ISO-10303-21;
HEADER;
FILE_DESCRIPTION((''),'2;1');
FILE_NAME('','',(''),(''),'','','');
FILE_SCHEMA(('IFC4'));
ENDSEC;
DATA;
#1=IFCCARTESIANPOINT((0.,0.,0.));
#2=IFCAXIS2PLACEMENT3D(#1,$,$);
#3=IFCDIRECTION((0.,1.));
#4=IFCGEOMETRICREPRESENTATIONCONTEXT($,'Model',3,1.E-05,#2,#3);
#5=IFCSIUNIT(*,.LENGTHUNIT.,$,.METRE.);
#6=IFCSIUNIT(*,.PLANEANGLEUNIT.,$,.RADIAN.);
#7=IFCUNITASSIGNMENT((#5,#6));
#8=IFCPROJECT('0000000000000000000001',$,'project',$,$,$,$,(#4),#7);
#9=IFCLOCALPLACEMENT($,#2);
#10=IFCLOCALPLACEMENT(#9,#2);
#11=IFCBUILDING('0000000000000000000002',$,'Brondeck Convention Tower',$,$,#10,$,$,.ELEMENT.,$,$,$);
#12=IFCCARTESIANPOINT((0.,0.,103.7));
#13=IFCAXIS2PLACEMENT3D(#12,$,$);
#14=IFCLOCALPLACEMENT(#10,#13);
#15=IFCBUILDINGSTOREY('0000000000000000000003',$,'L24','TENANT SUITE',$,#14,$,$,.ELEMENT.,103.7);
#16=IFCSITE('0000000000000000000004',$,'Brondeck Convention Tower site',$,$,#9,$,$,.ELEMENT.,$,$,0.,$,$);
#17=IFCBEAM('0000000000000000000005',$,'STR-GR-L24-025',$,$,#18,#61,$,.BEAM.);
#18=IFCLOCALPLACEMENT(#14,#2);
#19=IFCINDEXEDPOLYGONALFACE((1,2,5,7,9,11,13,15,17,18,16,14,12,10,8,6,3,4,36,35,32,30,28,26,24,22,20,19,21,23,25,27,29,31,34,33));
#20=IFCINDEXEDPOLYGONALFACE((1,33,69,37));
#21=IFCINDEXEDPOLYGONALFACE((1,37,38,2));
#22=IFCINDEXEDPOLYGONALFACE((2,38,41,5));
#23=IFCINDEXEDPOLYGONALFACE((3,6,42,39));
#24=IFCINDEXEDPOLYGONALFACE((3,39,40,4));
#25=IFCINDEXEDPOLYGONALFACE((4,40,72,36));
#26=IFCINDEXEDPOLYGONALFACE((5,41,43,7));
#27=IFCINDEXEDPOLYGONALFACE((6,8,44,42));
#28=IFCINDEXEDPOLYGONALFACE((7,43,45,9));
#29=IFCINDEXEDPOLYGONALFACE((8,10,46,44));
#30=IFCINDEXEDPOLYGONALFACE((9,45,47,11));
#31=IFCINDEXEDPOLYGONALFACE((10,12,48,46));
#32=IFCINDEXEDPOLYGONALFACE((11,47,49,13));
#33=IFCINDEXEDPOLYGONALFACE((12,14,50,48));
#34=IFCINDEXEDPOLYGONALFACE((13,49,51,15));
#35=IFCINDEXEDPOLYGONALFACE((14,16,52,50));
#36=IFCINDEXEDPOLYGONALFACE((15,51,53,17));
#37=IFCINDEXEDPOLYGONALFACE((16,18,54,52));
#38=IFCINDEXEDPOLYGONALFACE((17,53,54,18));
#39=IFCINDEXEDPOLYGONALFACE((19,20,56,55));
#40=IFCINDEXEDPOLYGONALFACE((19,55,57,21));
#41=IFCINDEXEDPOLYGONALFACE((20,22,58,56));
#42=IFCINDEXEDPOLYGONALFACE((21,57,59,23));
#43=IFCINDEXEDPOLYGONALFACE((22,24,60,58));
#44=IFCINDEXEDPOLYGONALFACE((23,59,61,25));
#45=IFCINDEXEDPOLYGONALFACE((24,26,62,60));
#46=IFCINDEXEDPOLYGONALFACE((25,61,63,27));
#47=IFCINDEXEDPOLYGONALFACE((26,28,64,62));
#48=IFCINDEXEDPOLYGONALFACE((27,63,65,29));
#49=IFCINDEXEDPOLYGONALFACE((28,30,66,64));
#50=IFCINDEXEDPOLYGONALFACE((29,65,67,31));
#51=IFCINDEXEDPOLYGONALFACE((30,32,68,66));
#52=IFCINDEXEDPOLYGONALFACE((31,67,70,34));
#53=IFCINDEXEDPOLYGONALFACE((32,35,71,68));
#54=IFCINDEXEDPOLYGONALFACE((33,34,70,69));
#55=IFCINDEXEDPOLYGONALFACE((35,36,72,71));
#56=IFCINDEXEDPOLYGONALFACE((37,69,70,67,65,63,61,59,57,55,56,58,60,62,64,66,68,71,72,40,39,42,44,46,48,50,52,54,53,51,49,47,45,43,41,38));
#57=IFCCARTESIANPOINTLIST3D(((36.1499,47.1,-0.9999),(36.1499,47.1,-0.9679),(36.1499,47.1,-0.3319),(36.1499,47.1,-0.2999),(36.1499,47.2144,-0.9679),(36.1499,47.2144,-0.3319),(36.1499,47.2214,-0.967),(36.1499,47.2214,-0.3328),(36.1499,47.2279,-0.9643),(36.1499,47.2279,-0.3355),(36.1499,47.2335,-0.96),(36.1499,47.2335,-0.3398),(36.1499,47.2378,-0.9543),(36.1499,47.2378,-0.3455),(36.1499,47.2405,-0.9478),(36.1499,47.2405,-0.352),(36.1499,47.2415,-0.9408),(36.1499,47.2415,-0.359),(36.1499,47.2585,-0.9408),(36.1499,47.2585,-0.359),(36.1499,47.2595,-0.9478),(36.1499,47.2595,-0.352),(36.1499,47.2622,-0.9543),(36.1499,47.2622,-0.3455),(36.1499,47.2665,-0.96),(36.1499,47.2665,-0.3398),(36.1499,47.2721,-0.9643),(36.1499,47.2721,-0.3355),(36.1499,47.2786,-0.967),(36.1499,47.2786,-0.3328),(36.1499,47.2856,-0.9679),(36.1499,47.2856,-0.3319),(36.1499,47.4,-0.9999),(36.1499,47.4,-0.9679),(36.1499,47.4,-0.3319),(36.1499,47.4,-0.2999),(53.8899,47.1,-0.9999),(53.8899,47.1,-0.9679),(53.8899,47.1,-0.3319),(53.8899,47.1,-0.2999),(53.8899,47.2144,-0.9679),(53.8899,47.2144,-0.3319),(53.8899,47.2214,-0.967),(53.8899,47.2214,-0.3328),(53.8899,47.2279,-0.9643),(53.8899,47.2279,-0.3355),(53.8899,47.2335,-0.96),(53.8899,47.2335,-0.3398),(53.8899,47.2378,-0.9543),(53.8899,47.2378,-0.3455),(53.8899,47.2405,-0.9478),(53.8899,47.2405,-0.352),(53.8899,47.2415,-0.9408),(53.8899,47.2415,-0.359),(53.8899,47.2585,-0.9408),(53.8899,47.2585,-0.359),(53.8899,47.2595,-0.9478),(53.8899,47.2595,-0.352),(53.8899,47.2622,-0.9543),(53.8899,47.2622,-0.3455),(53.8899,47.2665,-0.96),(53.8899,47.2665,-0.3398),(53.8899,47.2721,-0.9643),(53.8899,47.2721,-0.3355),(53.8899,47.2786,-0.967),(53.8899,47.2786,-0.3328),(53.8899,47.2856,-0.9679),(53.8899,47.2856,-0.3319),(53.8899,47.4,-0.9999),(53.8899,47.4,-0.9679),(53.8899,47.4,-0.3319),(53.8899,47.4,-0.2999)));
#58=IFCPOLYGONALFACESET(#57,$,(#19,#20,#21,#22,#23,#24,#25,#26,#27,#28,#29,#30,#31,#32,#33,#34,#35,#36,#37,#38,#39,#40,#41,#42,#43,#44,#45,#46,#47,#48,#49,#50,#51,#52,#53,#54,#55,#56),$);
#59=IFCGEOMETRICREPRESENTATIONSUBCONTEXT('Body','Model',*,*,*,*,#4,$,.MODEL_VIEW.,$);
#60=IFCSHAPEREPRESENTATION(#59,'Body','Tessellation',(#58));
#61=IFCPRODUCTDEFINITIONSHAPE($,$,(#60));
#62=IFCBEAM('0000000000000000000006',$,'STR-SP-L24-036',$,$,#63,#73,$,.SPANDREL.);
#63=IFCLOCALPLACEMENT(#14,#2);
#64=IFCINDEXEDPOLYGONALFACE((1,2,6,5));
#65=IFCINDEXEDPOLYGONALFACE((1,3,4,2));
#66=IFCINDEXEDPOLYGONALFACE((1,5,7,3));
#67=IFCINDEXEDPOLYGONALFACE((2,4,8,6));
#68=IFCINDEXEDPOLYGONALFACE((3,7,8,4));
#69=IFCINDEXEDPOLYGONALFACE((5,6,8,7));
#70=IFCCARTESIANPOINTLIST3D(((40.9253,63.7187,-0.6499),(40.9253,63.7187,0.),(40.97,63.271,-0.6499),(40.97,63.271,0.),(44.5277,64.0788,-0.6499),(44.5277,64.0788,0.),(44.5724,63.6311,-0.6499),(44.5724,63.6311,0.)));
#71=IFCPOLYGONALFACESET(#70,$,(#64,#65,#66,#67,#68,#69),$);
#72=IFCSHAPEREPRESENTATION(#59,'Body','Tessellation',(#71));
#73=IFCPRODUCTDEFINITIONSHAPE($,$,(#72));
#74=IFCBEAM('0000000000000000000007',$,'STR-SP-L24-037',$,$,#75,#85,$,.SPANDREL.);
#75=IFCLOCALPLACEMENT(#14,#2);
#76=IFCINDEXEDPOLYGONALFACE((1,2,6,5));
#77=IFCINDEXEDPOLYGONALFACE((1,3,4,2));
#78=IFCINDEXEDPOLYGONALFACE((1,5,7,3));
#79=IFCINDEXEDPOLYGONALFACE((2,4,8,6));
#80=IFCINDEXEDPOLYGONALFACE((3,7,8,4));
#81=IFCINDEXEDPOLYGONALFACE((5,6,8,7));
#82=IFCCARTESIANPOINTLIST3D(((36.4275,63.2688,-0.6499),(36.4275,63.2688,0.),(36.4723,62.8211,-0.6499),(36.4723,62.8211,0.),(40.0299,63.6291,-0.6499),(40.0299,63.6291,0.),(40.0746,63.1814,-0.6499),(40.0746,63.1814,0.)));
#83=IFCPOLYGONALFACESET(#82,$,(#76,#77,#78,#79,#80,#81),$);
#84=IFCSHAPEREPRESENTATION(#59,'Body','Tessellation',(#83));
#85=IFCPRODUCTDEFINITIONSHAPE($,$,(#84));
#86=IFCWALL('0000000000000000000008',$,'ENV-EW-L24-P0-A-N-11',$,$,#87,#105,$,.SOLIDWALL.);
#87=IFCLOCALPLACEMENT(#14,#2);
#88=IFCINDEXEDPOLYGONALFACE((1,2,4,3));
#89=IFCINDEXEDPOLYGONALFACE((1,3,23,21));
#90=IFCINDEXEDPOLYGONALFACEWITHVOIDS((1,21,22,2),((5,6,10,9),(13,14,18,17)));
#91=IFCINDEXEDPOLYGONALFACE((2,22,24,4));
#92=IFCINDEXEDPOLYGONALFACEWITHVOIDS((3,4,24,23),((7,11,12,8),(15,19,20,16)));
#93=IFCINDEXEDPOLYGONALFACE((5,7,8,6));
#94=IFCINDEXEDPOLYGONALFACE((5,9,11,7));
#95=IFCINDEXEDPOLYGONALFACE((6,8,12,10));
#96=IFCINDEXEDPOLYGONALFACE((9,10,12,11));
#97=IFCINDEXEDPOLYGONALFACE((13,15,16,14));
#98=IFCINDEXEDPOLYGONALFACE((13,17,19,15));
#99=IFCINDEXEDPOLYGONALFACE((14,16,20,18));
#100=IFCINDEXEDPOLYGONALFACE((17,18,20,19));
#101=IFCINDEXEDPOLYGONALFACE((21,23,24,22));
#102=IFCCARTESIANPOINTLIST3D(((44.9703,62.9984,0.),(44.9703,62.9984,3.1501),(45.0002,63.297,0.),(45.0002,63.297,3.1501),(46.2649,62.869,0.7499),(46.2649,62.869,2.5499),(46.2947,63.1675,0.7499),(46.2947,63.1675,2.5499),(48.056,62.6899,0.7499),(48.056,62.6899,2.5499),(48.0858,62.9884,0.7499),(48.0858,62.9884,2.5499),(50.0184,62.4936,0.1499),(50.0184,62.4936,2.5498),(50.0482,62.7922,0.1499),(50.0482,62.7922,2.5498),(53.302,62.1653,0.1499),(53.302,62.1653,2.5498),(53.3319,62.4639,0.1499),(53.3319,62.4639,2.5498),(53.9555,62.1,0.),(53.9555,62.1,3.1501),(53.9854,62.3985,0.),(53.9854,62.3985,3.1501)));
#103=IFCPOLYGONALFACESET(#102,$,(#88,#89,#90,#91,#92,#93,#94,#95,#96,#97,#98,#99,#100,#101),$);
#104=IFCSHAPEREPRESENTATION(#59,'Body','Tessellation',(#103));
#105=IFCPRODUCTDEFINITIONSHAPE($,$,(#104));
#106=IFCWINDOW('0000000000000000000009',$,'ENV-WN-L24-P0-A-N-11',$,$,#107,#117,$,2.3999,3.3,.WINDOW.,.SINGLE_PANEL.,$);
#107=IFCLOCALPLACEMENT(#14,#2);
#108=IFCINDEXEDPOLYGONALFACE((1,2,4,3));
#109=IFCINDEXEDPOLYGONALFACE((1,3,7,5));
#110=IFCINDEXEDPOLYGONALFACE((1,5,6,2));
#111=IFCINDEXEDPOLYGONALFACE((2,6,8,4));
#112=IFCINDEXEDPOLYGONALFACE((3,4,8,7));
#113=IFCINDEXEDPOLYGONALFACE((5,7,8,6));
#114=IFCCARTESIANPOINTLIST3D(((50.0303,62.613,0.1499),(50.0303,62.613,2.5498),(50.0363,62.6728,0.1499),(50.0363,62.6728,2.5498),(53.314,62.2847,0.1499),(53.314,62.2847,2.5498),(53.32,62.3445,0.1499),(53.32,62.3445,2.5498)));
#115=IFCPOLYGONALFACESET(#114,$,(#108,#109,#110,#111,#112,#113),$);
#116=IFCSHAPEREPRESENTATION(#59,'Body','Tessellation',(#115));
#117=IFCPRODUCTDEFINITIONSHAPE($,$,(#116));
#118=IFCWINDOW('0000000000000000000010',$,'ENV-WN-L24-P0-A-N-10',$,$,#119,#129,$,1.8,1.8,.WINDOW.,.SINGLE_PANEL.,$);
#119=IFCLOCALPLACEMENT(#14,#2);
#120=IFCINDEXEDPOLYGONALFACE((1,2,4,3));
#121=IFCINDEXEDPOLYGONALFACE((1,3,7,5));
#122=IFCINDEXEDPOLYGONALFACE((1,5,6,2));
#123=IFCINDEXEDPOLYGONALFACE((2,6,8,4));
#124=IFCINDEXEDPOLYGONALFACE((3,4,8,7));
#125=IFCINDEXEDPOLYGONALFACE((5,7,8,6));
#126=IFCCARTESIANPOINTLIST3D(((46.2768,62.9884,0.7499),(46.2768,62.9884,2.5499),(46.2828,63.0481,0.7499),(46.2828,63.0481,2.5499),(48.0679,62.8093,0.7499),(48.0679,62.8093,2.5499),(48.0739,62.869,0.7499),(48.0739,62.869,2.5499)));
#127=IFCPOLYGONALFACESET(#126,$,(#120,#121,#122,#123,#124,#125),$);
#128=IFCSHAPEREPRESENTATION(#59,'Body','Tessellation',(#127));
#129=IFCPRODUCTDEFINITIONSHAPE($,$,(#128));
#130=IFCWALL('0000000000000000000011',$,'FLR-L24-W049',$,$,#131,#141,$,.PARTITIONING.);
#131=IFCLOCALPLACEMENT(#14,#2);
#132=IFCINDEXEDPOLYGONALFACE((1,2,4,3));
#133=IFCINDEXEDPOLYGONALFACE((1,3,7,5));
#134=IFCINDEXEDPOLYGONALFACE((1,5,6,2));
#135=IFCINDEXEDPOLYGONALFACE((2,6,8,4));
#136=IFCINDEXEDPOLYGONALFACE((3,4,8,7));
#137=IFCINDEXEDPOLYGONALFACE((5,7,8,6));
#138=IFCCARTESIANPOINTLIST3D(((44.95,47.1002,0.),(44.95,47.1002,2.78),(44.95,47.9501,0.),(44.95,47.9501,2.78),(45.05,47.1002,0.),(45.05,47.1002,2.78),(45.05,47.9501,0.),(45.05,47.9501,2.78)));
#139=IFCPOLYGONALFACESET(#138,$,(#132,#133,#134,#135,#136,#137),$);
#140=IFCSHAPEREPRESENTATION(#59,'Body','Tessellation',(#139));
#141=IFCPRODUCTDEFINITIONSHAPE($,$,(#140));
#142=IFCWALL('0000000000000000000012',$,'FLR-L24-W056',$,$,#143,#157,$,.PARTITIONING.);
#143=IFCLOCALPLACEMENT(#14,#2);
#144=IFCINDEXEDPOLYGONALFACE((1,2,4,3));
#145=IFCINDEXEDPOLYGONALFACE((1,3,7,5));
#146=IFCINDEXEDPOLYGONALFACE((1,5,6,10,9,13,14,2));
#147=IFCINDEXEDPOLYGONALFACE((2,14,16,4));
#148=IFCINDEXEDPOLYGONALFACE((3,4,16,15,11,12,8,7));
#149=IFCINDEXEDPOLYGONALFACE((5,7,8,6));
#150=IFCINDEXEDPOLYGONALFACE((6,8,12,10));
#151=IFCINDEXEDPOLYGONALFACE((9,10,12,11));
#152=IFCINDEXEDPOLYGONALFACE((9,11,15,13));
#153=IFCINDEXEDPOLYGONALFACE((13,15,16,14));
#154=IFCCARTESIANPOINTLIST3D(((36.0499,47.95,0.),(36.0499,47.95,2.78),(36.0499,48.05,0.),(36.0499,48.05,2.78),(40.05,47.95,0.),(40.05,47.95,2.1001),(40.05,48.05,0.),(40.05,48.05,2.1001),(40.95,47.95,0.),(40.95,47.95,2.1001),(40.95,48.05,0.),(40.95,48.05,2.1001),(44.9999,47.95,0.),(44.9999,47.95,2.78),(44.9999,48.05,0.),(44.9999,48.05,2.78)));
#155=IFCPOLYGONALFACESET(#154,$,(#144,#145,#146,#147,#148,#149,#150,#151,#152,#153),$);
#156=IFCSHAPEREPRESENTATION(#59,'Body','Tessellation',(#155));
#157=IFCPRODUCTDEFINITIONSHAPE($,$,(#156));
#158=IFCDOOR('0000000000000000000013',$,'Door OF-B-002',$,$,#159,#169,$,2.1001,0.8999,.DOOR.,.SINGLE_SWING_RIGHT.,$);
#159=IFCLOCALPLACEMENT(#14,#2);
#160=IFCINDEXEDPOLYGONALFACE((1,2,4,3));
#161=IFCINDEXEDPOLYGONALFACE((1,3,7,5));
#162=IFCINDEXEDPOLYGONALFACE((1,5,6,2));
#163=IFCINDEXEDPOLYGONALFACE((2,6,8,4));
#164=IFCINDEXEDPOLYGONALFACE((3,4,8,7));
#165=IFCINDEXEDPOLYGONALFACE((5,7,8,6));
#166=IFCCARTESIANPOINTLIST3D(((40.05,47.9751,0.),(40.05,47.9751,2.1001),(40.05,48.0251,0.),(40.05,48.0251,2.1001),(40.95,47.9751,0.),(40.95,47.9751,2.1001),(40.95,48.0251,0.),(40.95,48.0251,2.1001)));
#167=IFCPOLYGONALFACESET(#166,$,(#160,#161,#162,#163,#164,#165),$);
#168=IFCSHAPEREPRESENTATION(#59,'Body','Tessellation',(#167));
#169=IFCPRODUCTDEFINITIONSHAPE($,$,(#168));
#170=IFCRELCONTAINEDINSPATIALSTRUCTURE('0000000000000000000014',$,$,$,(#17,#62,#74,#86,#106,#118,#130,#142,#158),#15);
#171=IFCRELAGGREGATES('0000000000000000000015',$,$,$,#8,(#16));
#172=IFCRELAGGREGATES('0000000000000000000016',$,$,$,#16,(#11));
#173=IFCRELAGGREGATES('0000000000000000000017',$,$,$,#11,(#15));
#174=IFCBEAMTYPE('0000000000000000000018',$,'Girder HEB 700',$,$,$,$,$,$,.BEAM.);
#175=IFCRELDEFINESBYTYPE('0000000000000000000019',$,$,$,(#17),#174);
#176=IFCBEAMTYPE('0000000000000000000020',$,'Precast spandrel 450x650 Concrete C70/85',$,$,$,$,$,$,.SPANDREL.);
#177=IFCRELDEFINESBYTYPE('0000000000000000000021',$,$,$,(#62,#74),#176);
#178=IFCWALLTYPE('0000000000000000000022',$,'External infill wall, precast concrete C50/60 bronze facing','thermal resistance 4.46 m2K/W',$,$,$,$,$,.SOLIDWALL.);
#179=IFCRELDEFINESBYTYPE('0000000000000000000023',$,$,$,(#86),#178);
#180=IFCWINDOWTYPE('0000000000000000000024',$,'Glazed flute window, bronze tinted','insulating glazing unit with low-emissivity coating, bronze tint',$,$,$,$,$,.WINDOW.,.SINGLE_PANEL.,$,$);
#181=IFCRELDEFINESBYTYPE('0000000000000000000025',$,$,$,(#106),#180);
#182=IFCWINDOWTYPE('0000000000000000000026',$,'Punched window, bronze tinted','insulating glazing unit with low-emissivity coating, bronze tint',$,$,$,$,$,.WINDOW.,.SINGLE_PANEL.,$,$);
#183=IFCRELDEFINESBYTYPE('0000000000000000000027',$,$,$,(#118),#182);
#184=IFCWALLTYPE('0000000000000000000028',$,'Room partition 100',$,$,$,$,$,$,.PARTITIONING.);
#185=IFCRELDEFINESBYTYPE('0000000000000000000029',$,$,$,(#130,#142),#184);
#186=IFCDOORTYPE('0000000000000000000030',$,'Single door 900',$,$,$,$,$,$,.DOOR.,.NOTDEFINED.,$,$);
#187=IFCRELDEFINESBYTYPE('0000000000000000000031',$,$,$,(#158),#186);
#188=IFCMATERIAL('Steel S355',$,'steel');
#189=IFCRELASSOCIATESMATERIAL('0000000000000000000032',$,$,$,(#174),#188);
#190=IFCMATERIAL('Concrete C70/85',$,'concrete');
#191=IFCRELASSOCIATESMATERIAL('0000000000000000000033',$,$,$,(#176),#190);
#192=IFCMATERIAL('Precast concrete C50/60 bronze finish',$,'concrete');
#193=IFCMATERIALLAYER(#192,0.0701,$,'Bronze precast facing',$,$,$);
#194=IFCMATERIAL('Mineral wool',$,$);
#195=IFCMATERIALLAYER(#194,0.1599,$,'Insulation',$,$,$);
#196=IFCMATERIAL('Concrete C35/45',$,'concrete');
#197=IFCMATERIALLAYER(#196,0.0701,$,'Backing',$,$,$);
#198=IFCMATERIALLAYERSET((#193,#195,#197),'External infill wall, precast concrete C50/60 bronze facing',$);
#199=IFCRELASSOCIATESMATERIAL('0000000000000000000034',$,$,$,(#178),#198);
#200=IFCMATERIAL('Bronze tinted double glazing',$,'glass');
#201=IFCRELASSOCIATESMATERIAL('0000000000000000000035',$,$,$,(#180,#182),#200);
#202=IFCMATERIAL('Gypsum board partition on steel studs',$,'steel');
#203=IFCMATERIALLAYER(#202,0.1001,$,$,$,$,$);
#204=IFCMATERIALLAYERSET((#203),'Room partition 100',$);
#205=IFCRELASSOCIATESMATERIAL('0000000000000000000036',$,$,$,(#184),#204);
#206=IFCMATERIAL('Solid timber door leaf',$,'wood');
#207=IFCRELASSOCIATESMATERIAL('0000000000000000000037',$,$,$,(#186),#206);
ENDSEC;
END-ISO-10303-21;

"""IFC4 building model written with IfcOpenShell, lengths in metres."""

from ifc_helpers import new_model, si_unit, direction, frame, frame_2d, origin, origin_2d, place, context, subcontext, project, spatial, rectangle, i_section, extrude, material, layer, layer_set, material_profile, profile_set, type_object, element, fill, save


model = new_model("IFC4")

# Units and contexts
model_context = context("Model", 3, precision=1e-05, world=origin(), true_north=direction((0.0, 1.0)))
body_context = subcontext(model_context, "Body", "Model", "MODEL_VIEW")
ifc_project = project(units=[si_unit("LENGTHUNIT", "METRE"), si_unit("PLANEANGLEUNIT", "RADIAN")], contexts=[model_context])

# Site, building, storey
site_placement = place(None, origin())
site = spatial("IfcSite", under=ifc_project, at=site_placement, Name="Brondeck Convention Tower site", CompositionType="ELEMENT", RefElevation=0.0)
building_placement = place(site_placement, origin())
building = spatial("IfcBuilding", under=site, at=building_placement, Name="Brondeck Convention Tower", CompositionType="ELEMENT")
storey_placement = place(building_placement, frame((0.0, 0.0, 103.7)))
storey = spatial("IfcBuildingStorey", under=building, at=storey_placement, Name="L24", Description="TENANT SUITE", CompositionType="ELEMENT", Elevation=103.7)

# Shared definitions
ifc_material_1 = material(Name="Concrete C70/85", Category="concrete")

# Beams
ifc_material_2 = material(Name="Steel S355", Category="steel")
ifc_material_profile_1 = material_profile(ifc_material_2, i_section(OverallWidth=0.3, OverallDepth=0.7, WebThickness=0.0171, FlangeThickness=0.032, FilletRadius=0.0271, at=origin_2d()), Name="HEB 700")
ifc_profile_set_1 = profile_set([ifc_material_profile_1], Name="Steel S355")
beam_type_1 = type_object("IfcBeamType", Name="Girder HEB 700", PredefinedType="BEAM", material=ifc_profile_set_1)
beam_1_placement = place(storey_placement, frame((36.1499, 47.25, -0.6499), z_axis=(1.0, 0.0, 0.0), x_axis=(0.0, 1.0, 0.0)))
element("IfcBeam", 1, at=beam_1_placement, inside=storey, type_object=beam_type_1, Name="STR-GR-L24-025", PredefinedType="BEAM", context=body_context, shape_type="SweptSolid", body=[
    extrude(i_section(OverallWidth=0.3, OverallDepth=0.7, WebThickness=0.0171, FlangeThickness=0.032, FilletRadius=0.0271, at=origin_2d()), origin(), (0.0, 0.0, 1.0), 17.74),
])
ifc_material_profile_2 = material_profile(ifc_material_1, rectangle(XDim=0.45, YDim=0.6499, at=origin_2d()), Name="Precast spandrel 450x650 Concrete C70/85")
ifc_profile_set_2 = profile_set([ifc_material_profile_2], Name="Concrete C70/85")
beam_type_2 = type_object("IfcBeamType", Name="Precast spandrel 450x650 Concrete C70/85", PredefinedType="SPANDREL", material=ifc_profile_set_2)
for number, where, z_axis, x_axis, name in (
    (2, (44.55, 63.855, -0.325), (-0.995041, -0.09947, 0.0), (0.09947, -0.995041, 0.0), "STR-SP-L24-036"),
    (3, (40.0522, 63.4053, -0.325), (-0.995034, -0.099537, 0.0), (0.099537, -0.995034, 0.0), "STR-SP-L24-037"),
):
    element("IfcBeam", number, at=place(storey_placement, frame(where, z_axis=z_axis, x_axis=x_axis)), inside=storey, type_object=beam_type_2, Name=name, PredefinedType="SPANDREL", context=body_context, shape_type="SweptSolid", body=[
        extrude(rectangle(XDim=0.45, YDim=0.6499, at=origin_2d()), origin(), (0.0, 0.0, 1.0), 3.6204),
    ])

# Wall, openings, windows
ifc_material_3 = material(Name="Precast concrete C50/60 bronze finish", Category="concrete")
ifc_layer_1 = layer(ifc_material_3, 0.0701, Name="Bronze precast facing")
ifc_material_4 = material(Name="Mineral wool")
ifc_layer_2 = layer(ifc_material_4, 0.1599, Name="Insulation")
ifc_material_5 = material(Name="Concrete C35/45", Category="concrete")
ifc_layer_3 = layer(ifc_material_5, 0.0701, Name="Backing")
ifc_layer_set_1 = layer_set([ifc_layer_1, ifc_layer_2, ifc_layer_3], Name="External infill wall, precast concrete C50/60 bronze facing")
wall_type_1 = type_object("IfcWallType", Name="External infill wall, precast concrete C50/60 bronze facing", Description="thermal resistance 4.46 m2K/W", PredefinedType="SOLIDWALL", material=ifc_layer_set_1)
wall_1_placement = place(storey_placement, frame((44.9851, 63.1477, 0.0), z_axis=(0.0, 0.0, 1.0), x_axis=(0.995038, -0.099496, 0.0)))
wall_1 = element("IfcWall", 4, at=wall_1_placement, inside=storey, type_object=wall_type_1, Name="ENV-EW-L24-P0-A-N-11", PredefinedType="SOLIDWALL", context=body_context, shape_type="SweptSolid", body=[
    extrude(rectangle(XDim=9.03, YDim=0.3, at=frame_2d((4.5151, 0.0))), origin(), (0.0, 0.0, 1.0), 3.1501),
])
opening_1_placement = place(wall_1_placement, frame((1.3013, 0.0, 0.75)))
opening_1 = element("IfcOpeningElement", 5, at=opening_1_placement, cuts=wall_1, PredefinedType="OPENING", context=body_context, shape_type="SweptSolid", body=[
    extrude(rectangle(XDim=1.8, YDim=1.8, at=frame_2d((0.8999, 0.8999))), frame((0.0, 0.1599, 0.0), z_axis=(0.0, -1.0, 0.0), x_axis=(1.0, 0.0, 0.0)), (0.0, 0.0, 1.0), 0.3201),
])
opening_2_placement = place(wall_1_placement, frame((5.0735, 0.0, 0.1499)))
opening_2 = element("IfcOpeningElement", 6, at=opening_2_placement, cuts=wall_1, PredefinedType="OPENING", context=body_context, shape_type="SweptSolid", body=[
    extrude(rectangle(XDim=3.3, YDim=2.3999, at=frame_2d((1.6499, 1.2))), frame((0.0, 0.1599, 0.0), z_axis=(0.0, -1.0, 0.0), x_axis=(1.0, 0.0, 0.0)), (0.0, 0.0, 1.0), 0.3201),
])
ifc_material_6 = material(Name="Bronze tinted double glazing", Category="glass")
window_type_1 = type_object("IfcWindowType", Name="Glazed flute window, bronze tinted", Description="insulating glazing unit with low-emissivity coating, bronze tint", PartitioningType="SINGLE_PANEL", PredefinedType="WINDOW", material=ifc_material_6)
window_1_placement = place(opening_2_placement, origin())
window_1 = element("IfcWindow", 7, at=window_1_placement, inside=storey, type_object=window_type_1, Name="ENV-WN-L24-P0-A-N-11", OverallHeight=2.3999, OverallWidth=3.3, PartitioningType="SINGLE_PANEL", PredefinedType="WINDOW", context=body_context, shape_type="SweptSolid", body=[
    extrude(rectangle(XDim=3.3, YDim=2.3999, at=frame_2d((1.6499, 1.2))), frame((0.0, 0.03, 0.0), z_axis=(0.0, -1.0, 0.0), x_axis=(1.0, 0.0, 0.0)), (0.0, 0.0, 1.0), 0.0601),
])
fill(opening_2, window_1)
window_type_2 = type_object("IfcWindowType", Name="Punched window, bronze tinted", Description="insulating glazing unit with low-emissivity coating, bronze tint", PartitioningType="SINGLE_PANEL", PredefinedType="WINDOW", material=ifc_material_6)
window_2_placement = place(opening_1_placement, origin())
window_2 = element("IfcWindow", 8, at=window_2_placement, inside=storey, type_object=window_type_2, Name="ENV-WN-L24-P0-A-N-10", OverallHeight=1.8, OverallWidth=1.8, PartitioningType="SINGLE_PANEL", PredefinedType="WINDOW", context=body_context, shape_type="SweptSolid", body=[
    extrude(rectangle(XDim=1.8, YDim=1.8, at=frame_2d((0.8999, 0.8999))), frame((0.0, 0.03, 0.0), z_axis=(0.0, -1.0, 0.0), x_axis=(1.0, 0.0, 0.0)), (0.0, 0.0, 1.0), 0.0601),
])
fill(opening_1, window_2)

# Wall
ifc_material_7 = material(Name="Gypsum board partition on steel studs", Category="steel")
ifc_layer_4 = layer(ifc_material_7, 0.1001)
ifc_layer_set_2 = layer_set([ifc_layer_4], Name="Room partition 100")
wall_type_2 = type_object("IfcWallType", Name="Room partition 100", PredefinedType="PARTITIONING", material=ifc_layer_set_2)
wall_2_placement = place(storey_placement, frame((45.0, 47.95, 0.0), z_axis=(0.0, 0.0, 1.0), x_axis=(0.0, -1.0, 0.0)))
element("IfcWall", 9, at=wall_2_placement, inside=storey, type_object=wall_type_2, Name="FLR-L24-W049", PredefinedType="PARTITIONING", context=body_context, shape_type="SweptSolid", body=[
    extrude(rectangle(XDim=0.8499, YDim=0.1001, at=frame_2d((0.4248, 0.0))), origin(), (0.0, 0.0, 1.0), 2.78),
])

# Wall, opening, door
wall_3_placement = place(storey_placement, frame((45.0, 48.0, 0.0), z_axis=(0.0, 0.0, 1.0), x_axis=(-1.0, 0.0, 0.0)))
wall_3 = element("IfcWall", 10, at=wall_3_placement, inside=storey, type_object=wall_type_2, Name="FLR-L24-W056", PredefinedType="PARTITIONING", context=body_context, shape_type="SweptSolid", body=[
    extrude(rectangle(XDim=8.95, YDim=0.1001, at=frame_2d((4.4751, 0.0))), origin(), (0.0, 0.0, 1.0), 2.78),
])
opening_3_placement = place(wall_3_placement, frame((4.05, 0.0, 0.0)))
opening_3 = element("IfcOpeningElement", 11, at=opening_3_placement, cuts=wall_3, PredefinedType="OPENING", context=body_context, shape_type="SweptSolid", body=[
    extrude(rectangle(XDim=0.8999, YDim=2.1001, at=frame_2d((0.45, 1.05))), frame((0.0, 0.0601, 0.0), z_axis=(0.0, -1.0, 0.0), x_axis=(1.0, 0.0, 0.0)), (0.0, 0.0, 1.0), 0.1201),
])
ifc_material_8 = material(Name="Solid timber door leaf", Category="wood")
door_type_1 = type_object("IfcDoorType", Name="Single door 900", OperationType="NOTDEFINED", PredefinedType="DOOR", material=ifc_material_8)
door_1_placement = place(opening_3_placement, origin())
door_1 = element("IfcDoor", 12, at=door_1_placement, inside=storey, type_object=door_type_1, Name="Door OF-B-002", OperationType="SINGLE_SWING_RIGHT", OverallHeight=2.1001, OverallWidth=0.8999, PredefinedType="DOOR", context=body_context, shape_type="SweptSolid", body=[
    extrude(rectangle(XDim=0.8999, YDim=2.1001, at=frame_2d((0.45, 1.05))), frame((0.0, 0.0249, 0.0), z_axis=(0.0, -1.0, 0.0), x_axis=(1.0, 0.0, 0.0)), (0.0, 0.0, 1.0), 0.05),
])
fill(opening_3, door_1)

save(model, "model.ifc")
